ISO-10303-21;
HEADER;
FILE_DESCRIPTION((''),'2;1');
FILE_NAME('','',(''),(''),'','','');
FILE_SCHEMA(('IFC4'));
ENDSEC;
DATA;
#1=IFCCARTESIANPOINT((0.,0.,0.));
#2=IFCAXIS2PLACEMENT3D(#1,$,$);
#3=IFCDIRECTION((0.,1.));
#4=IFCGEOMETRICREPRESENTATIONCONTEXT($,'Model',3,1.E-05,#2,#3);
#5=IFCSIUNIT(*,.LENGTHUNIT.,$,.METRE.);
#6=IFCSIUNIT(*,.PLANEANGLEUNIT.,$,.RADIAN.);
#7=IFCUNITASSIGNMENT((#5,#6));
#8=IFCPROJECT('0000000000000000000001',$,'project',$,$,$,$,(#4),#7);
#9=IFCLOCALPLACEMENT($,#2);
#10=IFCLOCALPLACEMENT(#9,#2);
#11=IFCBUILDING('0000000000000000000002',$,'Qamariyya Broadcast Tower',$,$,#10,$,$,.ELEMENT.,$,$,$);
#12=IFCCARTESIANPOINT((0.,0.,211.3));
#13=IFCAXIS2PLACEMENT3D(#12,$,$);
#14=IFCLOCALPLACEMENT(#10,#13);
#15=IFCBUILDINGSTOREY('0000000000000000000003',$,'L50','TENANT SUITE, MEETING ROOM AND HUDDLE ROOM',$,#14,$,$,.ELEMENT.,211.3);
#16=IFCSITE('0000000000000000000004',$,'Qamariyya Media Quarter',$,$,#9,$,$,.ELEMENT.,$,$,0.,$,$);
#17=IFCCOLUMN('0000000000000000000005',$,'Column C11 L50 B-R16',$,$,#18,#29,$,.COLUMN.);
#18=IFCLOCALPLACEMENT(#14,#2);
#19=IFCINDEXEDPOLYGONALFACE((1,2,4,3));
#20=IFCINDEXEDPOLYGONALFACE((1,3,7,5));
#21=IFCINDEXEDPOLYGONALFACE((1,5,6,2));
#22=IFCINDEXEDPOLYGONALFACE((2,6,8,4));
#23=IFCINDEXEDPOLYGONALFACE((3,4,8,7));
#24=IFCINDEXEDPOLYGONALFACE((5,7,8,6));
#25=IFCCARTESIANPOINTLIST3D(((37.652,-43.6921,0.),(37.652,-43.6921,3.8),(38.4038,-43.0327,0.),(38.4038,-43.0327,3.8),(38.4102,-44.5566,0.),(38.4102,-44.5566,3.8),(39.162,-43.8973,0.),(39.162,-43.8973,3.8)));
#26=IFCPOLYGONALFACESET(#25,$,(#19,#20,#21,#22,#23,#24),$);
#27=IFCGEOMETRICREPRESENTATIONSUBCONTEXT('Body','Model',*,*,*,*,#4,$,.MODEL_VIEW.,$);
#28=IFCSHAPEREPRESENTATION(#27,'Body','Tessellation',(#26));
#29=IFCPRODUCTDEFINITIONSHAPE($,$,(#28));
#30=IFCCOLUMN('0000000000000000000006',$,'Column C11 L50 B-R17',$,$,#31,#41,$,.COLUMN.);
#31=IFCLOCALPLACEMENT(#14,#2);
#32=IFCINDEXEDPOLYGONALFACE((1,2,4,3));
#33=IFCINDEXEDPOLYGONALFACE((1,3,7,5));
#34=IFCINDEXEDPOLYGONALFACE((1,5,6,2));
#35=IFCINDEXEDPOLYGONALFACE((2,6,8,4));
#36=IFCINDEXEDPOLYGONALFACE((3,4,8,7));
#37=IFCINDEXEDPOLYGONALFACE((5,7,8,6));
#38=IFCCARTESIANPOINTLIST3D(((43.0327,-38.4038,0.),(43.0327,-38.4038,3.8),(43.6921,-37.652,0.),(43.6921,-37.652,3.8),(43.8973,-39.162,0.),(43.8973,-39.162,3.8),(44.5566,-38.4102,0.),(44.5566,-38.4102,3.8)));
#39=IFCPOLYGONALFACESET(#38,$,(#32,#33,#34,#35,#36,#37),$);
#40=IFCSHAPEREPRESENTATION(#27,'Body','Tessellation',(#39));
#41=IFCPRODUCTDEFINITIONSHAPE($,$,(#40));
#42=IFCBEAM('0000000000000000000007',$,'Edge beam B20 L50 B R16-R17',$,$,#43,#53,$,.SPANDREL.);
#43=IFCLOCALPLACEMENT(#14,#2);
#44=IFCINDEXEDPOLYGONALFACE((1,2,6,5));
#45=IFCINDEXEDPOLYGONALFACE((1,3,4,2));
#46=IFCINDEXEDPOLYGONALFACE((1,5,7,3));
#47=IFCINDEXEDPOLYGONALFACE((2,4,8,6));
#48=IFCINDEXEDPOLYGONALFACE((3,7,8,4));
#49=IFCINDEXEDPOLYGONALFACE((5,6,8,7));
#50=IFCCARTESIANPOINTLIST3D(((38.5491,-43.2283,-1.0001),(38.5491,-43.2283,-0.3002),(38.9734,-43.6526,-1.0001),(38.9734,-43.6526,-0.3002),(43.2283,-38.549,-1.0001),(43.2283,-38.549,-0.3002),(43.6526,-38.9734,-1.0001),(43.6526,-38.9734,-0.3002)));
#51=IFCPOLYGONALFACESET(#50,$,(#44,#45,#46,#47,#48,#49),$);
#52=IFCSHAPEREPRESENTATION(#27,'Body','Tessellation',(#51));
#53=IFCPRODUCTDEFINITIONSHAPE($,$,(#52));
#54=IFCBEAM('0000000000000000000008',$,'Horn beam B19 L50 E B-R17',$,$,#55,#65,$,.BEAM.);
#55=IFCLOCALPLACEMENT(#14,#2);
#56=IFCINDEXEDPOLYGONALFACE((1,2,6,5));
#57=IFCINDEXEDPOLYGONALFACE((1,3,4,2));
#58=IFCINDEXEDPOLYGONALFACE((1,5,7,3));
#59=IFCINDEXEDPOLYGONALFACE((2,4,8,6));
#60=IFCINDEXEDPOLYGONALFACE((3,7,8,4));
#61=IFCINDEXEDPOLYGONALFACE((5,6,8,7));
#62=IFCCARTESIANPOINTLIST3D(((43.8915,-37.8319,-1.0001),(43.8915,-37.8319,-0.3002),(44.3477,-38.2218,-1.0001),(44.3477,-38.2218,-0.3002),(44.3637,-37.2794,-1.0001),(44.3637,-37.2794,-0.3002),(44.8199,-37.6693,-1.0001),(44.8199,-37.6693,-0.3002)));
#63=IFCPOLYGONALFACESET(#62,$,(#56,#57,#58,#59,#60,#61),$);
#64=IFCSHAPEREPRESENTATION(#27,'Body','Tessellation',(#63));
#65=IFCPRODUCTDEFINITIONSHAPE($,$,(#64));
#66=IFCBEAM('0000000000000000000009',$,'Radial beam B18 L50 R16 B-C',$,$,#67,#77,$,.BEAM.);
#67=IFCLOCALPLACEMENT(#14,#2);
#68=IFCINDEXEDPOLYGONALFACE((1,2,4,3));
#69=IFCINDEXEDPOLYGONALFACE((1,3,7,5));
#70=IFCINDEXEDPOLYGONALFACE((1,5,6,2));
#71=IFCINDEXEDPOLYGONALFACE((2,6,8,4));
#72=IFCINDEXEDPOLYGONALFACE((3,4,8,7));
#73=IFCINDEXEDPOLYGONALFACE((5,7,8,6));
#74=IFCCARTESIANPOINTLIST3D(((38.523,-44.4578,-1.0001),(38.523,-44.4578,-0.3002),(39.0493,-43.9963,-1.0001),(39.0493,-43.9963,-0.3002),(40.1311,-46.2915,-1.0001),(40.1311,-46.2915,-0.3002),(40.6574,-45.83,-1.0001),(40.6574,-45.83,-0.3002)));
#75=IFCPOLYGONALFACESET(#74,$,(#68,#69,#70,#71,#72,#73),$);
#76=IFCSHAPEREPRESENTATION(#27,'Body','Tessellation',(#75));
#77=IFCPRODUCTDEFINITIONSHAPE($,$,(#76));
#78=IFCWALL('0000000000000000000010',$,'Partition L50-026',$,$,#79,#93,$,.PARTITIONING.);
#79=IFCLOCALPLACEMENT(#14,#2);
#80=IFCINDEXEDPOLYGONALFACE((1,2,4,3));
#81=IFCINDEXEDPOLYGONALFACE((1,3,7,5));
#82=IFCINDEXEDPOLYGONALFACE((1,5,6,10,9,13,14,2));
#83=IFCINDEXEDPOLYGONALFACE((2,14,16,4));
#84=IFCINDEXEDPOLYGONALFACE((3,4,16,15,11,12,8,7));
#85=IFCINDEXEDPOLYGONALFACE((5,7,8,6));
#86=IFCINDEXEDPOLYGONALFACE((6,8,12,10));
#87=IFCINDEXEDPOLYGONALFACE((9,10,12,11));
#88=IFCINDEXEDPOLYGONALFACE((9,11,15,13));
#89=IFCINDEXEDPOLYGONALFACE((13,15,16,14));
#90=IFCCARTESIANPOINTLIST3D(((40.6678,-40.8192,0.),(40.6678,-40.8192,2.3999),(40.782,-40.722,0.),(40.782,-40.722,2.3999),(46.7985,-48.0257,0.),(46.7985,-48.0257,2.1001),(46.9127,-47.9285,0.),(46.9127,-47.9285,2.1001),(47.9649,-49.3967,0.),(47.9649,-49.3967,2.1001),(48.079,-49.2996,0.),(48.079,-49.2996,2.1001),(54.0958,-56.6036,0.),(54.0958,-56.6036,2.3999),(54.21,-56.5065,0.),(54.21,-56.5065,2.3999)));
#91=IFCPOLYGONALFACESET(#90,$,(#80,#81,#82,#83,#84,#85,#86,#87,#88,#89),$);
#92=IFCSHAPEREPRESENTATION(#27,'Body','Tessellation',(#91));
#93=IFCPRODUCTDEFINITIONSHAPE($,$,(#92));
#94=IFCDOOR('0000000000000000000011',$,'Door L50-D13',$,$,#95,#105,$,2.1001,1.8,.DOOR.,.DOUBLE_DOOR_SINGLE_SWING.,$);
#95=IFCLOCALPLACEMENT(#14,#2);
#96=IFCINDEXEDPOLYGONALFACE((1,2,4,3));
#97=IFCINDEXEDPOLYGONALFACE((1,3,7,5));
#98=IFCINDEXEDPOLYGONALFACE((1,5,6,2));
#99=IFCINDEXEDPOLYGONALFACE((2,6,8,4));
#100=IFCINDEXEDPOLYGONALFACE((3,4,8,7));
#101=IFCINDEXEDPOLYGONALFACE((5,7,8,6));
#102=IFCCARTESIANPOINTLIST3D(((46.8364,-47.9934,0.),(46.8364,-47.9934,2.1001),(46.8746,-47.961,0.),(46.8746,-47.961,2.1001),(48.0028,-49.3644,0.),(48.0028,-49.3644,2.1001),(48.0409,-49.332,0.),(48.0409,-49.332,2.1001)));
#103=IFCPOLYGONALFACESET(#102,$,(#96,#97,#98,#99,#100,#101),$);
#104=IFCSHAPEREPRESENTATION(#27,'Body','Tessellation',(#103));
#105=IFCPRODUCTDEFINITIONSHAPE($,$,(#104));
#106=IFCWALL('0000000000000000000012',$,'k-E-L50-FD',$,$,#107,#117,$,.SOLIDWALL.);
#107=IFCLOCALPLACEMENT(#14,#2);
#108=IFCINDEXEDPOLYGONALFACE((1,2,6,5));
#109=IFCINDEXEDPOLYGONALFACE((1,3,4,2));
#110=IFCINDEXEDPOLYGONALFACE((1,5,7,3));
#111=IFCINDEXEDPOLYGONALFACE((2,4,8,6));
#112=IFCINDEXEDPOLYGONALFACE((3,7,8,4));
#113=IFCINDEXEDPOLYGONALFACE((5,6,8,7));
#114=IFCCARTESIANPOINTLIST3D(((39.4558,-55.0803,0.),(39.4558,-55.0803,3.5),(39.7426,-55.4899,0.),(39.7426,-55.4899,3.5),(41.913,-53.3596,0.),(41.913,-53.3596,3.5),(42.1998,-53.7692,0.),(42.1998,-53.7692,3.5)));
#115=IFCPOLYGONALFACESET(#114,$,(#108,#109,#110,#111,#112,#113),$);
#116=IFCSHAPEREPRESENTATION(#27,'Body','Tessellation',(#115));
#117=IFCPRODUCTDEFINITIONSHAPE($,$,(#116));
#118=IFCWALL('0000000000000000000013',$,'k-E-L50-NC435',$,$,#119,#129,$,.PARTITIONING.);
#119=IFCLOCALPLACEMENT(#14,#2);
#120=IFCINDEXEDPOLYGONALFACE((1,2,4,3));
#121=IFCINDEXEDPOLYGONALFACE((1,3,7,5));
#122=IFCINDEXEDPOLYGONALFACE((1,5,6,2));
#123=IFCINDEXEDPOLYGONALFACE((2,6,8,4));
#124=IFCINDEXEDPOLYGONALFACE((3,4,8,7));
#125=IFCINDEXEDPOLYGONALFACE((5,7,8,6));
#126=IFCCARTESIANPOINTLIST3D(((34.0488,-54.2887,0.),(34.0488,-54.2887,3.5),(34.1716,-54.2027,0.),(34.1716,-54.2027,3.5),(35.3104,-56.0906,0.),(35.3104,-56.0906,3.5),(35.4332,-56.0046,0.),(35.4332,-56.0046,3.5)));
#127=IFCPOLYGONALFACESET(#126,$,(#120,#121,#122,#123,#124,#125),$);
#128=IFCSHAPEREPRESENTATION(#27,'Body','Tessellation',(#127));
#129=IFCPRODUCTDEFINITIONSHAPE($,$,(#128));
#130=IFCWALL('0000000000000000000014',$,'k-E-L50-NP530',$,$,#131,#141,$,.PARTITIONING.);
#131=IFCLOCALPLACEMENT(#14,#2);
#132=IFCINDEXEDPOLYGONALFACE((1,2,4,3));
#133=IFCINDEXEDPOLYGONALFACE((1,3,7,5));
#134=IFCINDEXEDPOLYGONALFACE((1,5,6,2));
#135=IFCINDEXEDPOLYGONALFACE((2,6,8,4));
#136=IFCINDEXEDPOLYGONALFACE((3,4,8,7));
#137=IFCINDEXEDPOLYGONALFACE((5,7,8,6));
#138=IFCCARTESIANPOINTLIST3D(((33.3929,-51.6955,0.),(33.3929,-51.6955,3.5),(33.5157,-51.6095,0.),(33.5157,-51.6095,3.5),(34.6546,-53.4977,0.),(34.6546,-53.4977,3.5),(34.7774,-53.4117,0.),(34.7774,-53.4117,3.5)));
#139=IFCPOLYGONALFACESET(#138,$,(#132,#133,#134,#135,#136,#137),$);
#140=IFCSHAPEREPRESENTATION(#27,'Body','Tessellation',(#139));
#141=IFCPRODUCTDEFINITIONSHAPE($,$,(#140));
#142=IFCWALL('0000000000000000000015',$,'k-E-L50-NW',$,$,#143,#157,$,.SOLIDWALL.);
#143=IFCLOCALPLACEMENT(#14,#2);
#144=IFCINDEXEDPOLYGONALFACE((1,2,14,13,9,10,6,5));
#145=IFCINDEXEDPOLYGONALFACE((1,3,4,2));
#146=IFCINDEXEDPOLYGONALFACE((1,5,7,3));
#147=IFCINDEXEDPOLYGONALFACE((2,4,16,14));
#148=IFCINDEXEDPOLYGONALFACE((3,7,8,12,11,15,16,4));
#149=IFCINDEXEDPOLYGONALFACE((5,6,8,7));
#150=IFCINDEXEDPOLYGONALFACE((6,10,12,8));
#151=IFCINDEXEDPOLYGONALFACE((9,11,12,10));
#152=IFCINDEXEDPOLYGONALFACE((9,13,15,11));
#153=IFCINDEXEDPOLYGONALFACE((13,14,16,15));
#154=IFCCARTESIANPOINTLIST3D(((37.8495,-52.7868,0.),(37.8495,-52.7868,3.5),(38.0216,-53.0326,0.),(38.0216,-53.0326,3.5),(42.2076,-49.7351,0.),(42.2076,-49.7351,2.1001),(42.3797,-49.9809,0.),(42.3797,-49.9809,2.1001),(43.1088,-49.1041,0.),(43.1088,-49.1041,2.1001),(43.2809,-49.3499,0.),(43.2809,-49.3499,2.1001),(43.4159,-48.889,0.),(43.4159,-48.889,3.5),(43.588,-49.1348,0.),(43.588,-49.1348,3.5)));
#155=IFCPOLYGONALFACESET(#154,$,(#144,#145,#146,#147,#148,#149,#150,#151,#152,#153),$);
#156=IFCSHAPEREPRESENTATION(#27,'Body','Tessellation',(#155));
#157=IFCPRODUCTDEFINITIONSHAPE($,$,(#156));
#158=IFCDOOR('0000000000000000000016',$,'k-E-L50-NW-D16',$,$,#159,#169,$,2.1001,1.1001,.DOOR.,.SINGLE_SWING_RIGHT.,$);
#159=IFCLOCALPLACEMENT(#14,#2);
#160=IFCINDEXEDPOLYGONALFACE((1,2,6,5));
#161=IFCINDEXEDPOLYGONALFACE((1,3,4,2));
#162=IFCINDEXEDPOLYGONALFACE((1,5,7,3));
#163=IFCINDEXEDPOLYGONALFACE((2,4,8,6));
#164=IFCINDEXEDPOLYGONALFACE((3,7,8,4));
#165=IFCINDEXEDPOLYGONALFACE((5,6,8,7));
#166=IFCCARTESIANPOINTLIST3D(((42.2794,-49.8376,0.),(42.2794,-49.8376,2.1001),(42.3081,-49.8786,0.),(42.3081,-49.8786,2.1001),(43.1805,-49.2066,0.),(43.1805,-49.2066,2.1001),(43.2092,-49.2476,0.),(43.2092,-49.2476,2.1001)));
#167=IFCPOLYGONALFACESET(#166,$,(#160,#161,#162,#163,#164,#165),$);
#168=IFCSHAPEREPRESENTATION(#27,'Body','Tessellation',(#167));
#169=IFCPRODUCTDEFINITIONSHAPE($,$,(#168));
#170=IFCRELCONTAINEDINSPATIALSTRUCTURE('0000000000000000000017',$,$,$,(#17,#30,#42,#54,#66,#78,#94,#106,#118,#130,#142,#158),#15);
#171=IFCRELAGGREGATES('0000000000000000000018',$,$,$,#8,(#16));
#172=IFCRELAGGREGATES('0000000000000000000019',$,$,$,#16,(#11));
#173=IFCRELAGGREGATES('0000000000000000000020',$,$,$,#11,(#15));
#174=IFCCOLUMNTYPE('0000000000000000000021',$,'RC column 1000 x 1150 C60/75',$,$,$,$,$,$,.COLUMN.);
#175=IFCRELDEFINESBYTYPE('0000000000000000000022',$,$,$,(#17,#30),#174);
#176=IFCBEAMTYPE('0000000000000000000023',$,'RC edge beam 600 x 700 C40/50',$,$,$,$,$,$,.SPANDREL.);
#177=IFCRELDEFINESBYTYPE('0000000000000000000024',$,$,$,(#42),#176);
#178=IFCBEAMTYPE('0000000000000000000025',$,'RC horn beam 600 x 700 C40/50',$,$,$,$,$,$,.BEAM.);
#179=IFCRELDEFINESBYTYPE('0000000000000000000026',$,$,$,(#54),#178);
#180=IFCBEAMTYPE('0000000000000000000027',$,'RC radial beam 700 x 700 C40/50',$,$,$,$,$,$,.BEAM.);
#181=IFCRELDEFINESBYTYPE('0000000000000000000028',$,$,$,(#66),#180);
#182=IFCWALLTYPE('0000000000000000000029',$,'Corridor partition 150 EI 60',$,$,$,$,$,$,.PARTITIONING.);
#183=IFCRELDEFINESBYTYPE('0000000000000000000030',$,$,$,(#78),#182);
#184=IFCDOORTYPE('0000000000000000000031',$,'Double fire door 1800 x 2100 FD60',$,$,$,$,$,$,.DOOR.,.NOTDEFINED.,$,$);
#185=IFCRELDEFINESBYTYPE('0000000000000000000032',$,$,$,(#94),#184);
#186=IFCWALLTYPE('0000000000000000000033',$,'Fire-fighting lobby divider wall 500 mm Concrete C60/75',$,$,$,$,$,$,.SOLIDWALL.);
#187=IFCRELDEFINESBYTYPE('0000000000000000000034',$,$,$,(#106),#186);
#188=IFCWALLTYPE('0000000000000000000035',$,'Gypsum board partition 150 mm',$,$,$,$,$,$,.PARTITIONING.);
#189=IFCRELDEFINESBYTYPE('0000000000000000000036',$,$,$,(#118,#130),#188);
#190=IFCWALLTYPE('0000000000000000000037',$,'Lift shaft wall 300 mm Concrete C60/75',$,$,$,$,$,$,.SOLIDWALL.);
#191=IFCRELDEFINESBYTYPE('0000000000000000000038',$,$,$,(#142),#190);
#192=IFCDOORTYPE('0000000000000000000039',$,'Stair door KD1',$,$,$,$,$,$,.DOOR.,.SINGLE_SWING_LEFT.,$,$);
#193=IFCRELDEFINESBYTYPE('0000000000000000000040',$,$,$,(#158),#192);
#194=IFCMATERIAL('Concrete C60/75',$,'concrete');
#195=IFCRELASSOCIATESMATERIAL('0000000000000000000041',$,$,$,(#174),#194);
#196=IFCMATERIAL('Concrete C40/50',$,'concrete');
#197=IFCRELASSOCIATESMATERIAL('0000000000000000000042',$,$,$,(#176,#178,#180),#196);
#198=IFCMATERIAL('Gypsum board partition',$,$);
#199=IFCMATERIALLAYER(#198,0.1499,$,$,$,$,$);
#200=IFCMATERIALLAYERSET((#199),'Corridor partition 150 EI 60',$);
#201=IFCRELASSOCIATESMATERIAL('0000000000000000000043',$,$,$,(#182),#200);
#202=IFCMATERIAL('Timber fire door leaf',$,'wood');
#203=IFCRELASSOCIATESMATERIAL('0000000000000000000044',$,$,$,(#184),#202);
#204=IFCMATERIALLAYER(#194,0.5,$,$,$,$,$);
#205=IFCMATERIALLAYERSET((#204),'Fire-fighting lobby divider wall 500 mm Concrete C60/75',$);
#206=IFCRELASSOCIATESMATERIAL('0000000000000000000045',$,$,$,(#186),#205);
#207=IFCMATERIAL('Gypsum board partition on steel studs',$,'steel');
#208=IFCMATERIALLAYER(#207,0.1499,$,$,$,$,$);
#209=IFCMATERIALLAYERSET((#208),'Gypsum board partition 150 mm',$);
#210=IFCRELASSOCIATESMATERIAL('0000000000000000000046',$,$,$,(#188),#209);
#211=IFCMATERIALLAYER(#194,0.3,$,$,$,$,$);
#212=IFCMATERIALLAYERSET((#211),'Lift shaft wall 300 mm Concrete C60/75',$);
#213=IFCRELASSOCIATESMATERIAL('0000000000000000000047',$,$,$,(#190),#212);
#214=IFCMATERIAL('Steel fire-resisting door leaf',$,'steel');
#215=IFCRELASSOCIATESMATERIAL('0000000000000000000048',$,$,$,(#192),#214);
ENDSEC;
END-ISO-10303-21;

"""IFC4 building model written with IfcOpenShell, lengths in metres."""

from ifc_helpers import new_model, si_unit, direction, frame, frame_2d, origin, origin_2d, place, context, subcontext, project, spatial, rectangle, extrude, material, layer, layer_set, material_profile, profile_set, type_object, element, fill, save


model = new_model("IFC4")

# Units and contexts
model_context = context("Model", 3, precision=1e-05, world=origin(), true_north=direction((0.0, 1.0)))
body_context = subcontext(model_context, "Body", "Model", "MODEL_VIEW")
ifc_project = project(units=[si_unit("LENGTHUNIT", "METRE"), si_unit("PLANEANGLEUNIT", "RADIAN")], contexts=[model_context])

# Site, building, storey
site_placement = place(None, origin())
site = spatial("IfcSite", under=ifc_project, at=site_placement, Name="Qamariyya Media Quarter", CompositionType="ELEMENT", RefElevation=0.0)
building_placement = place(site_placement, origin())
building = spatial("IfcBuilding", under=site, at=building_placement, Name="Qamariyya Broadcast Tower", CompositionType="ELEMENT")
storey_placement = place(building_placement, frame((0.0, 0.0, 211.3)))
storey = spatial("IfcBuildingStorey", under=building, at=storey_placement, Name="L50", Description="TENANT SUITE, MEETING ROOM AND HUDDLE ROOM", CompositionType="ELEMENT", Elevation=211.3)

# Columns
ifc_material_1 = material(Name="Concrete C60/75", Category="concrete")
ifc_material_profile_1 = material_profile(ifc_material_1, rectangle(XDim=1.0, YDim=1.1499, at=origin_2d()))
ifc_profile_set_1 = profile_set([ifc_material_profile_1], Name="Concrete C60/75")
column_type = type_object("IfcColumnType", Name="RC column 1000 x 1150 C60/75", PredefinedType="COLUMN", material=ifc_profile_set_1)
for number, where, z_axis, x_axis, name in (
    (1, (38.407, -43.7947, 0.0), (0.0, 0.0, 1.0), (0.75184, 0.659346, 0.0), "Column C11 L50 B-R16"),
    (2, (43.7947, -38.407, 0.0), (0.0, 0.0, 1.0), (0.659346, 0.75184, 0.0), "Column C11 L50 B-R17"),
):
    element("IfcColumn", number, at=place(storey_placement, frame(where, z_axis=z_axis, x_axis=x_axis)), inside=storey, type_object=column_type, Name=name, PredefinedType="COLUMN", context=body_context, shape_type="SweptSolid", body=[
        extrude(rectangle(XDim=1.0, YDim=1.1499, at=origin_2d()), origin(), (0.0, 0.0, 1.0), 3.8),
    ])

# Beams
ifc_material_2 = material(Name="Concrete C40/50", Category="concrete")
ifc_material_profile_2 = material_profile(ifc_material_2, rectangle(XDim=0.6001, YDim=0.7, at=origin_2d()))
ifc_profile_set_2 = profile_set([ifc_material_profile_2], Name="Concrete C40/50")
beam_type_1 = type_object("IfcBeamType", Name="RC edge beam 600 x 700 C40/50", PredefinedType="SPANDREL", material=ifc_profile_set_2)
beam_1_placement = place(storey_placement, frame((38.7612, -43.4404, -0.6501), z_axis=(0.707107, 0.707107, 0.0), x_axis=(-0.707107, 0.707107, 0.0)))
element("IfcBeam", 3, at=beam_1_placement, inside=storey, type_object=beam_type_1, Name="Edge beam B20 L50 B R16-R17", PredefinedType="SPANDREL", context=body_context, shape_type="SweptSolid", body=[
    extrude(rectangle(XDim=0.6001, YDim=0.7, at=origin_2d()), origin(), (0.0, 0.0, 1.0), 6.6174),
])
ifc_material_profile_3 = material_profile(ifc_material_2, rectangle(XDim=0.6001, YDim=0.7, at=origin_2d()))
ifc_profile_set_3 = profile_set([ifc_material_profile_3], Name="Concrete C40/50")
beam_type_2 = type_object("IfcBeamType", Name="RC horn beam 600 x 700 C40/50", PredefinedType="BEAM", material=ifc_profile_set_3)
beam_2_placement = place(storey_placement, frame((44.1196, -38.0269, -0.6501), z_axis=(0.649684, 0.760204, 0.0), x_axis=(-0.760204, 0.649684, 0.0)))
element("IfcBeam", 4, at=beam_2_placement, inside=storey, type_object=beam_type_2, Name="Horn beam B19 L50 E B-R17", PredefinedType="BEAM", context=body_context, shape_type="SweptSolid", body=[
    extrude(rectangle(XDim=0.6001, YDim=0.7, at=origin_2d()), origin(), (0.0, 0.0, 1.0), 0.7268),
])
ifc_material_profile_4 = material_profile(ifc_material_2, rectangle(XDim=0.7, YDim=0.7, at=origin_2d()))
ifc_profile_set_4 = profile_set([ifc_material_profile_4], Name="Concrete C40/50")
beam_type_3 = type_object("IfcBeamType", Name="RC radial beam 700 x 700 C40/50", PredefinedType="BEAM", material=ifc_profile_set_4)
beam_3_placement = place(storey_placement, frame((38.7861, -44.2271, -0.6501), z_axis=(0.659348, -0.751838, 0.0), x_axis=(0.751838, 0.659348, 0.0)))
element("IfcBeam", 5, at=beam_3_placement, inside=storey, type_object=beam_type_3, Name="Radial beam B18 L50 R16 B-C", PredefinedType="BEAM", context=body_context, shape_type="SweptSolid", body=[
    extrude(rectangle(XDim=0.7, YDim=0.7, at=origin_2d()), origin(), (0.0, 0.0, 1.0), 2.439),
])

# Wall, opening, door
ifc_material_3 = material(Name="Gypsum board partition")
ifc_layer_1 = layer(ifc_material_3, 0.1499)
ifc_layer_set_1 = layer_set([ifc_layer_1], Name="Corridor partition 150 EI 60")
wall_type_1 = type_object("IfcWallType", Name="Corridor partition 150 EI 60", PredefinedType="PARTITIONING", material=ifc_layer_set_1)
wall_1_placement = place(storey_placement, frame((40.7249, -40.7705, 0.0), z_axis=(0.0, 0.0, 1.0), x_axis=(0.647963, -0.761672, 0.0)))
wall_1 = element("IfcWall", 6, at=wall_1_placement, inside=storey, type_object=wall_type_1, Name="Partition L50-026", PredefinedType="PARTITIONING", context=body_context, shape_type="SweptSolid", body=[
    extrude(rectangle(XDim=20.7234, YDim=0.1499, at=frame_2d((10.3618, 0.0))), origin(), (0.0, 0.0, 1.0), 2.3999),
])
opening_1_placement = place(wall_1_placement, frame((9.4617, 0.0, 0.0)))
opening_1 = element("IfcOpeningElement", 7, at=opening_1_placement, cuts=wall_1, PredefinedType="OPENING", context=body_context, shape_type="SweptSolid", body=[
    extrude(rectangle(XDim=1.8, YDim=2.1001, at=frame_2d((0.8999, 1.05))), frame((0.0, 0.085, 0.0), z_axis=(0.0, -1.0, 0.0), x_axis=(1.0, 0.0, 0.0)), (0.0, 0.0, 1.0), 0.1699),
])
ifc_material_4 = material(Name="Timber fire door leaf", Category="wood")
door_type_1 = type_object("IfcDoorType", Name="Double fire door 1800 x 2100 FD60", OperationType="NOTDEFINED", PredefinedType="DOOR", material=ifc_material_4)
door_1_placement = place(opening_1_placement, origin())
door_1 = element("IfcDoor", 8, at=door_1_placement, inside=storey, type_object=door_type_1, Name="Door L50-D13", OperationType="DOUBLE_DOOR_SINGLE_SWING", OverallHeight=2.1001, OverallWidth=1.8, PredefinedType="DOOR", context=body_context, shape_type="SweptSolid", body=[
    extrude(rectangle(XDim=1.8, YDim=2.1001, at=frame_2d((0.8999, 1.05))), frame((0.0, 0.0249, 0.0), z_axis=(0.0, -1.0, 0.0), x_axis=(1.0, 0.0, 0.0)), (0.0, 0.0, 1.0), 0.05),
])
fill(opening_1, door_1)

# Walls
ifc_layer_2 = layer(ifc_material_1, 0.5)
ifc_layer_set_2 = layer_set([ifc_layer_2], Name="Fire-fighting lobby divider wall 500 mm Concrete C60/75")
wall_type_2 = type_object("IfcWallType", Name="Fire-fighting lobby divider wall 500 mm Concrete C60/75", PredefinedType="SOLIDWALL", material=ifc_layer_set_2)
wall_2_placement = place(storey_placement, frame((39.5991, -55.2852, 0.0), z_axis=(0.0, 0.0, 1.0), x_axis=(0.819136, 0.573599, 0.0)))
element("IfcWall", 9, at=wall_2_placement, inside=storey, type_object=wall_type_2, Name="k-E-L50-FD", PredefinedType="SOLIDWALL", context=body_context, shape_type="SweptSolid", body=[
    extrude(rectangle(XDim=2.9998, YDim=0.5, at=frame_2d((1.5, 0.0))), origin(), (0.0, 0.0, 1.0), 3.5),
])
ifc_material_5 = material(Name="Gypsum board partition on steel studs", Category="steel")
ifc_layer_3 = layer(ifc_material_5, 0.1499)
ifc_layer_set_3 = layer_set([ifc_layer_3], Name="Gypsum board partition 150 mm")
wall_type_3 = type_object("IfcWallType", Name="Gypsum board partition 150 mm", PredefinedType="PARTITIONING", material=ifc_layer_set_3)
wall_3_placement = place(storey_placement, frame((35.3718, -56.0476, 0.0), z_axis=(0.0, 0.0, 1.0), x_axis=(-0.573559, 0.819164, 0.0)))
element("IfcWall", 10, at=wall_3_placement, inside=storey, type_object=wall_type_3, Name="k-E-L50-NC435", PredefinedType="PARTITIONING", context=body_context, shape_type="SweptSolid", body=[
    extrude(rectangle(XDim=2.1997, YDim=0.1499, at=frame_2d((1.0999, 0.0))), origin(), (0.0, 0.0, 1.0), 3.5),
])
wall_4_placement = place(storey_placement, frame((34.7161, -53.4548, 0.0), z_axis=(0.0, 0.0, 1.0), x_axis=(-0.573507, 0.819201, 0.0)))
element("IfcWall", 11, at=wall_4_placement, inside=storey, type_object=wall_type_3, Name="k-E-L50-NP530", PredefinedType="PARTITIONING", context=body_context, shape_type="SweptSolid", body=[
    extrude(rectangle(XDim=2.2, YDim=0.1499, at=frame_2d((1.1001, 0.0))), origin(), (0.0, 0.0, 1.0), 3.5),
])

# Wall, opening, door
ifc_layer_4 = layer(ifc_material_1, 0.3)
ifc_layer_set_4 = layer_set([ifc_layer_4], Name="Lift shaft wall 300 mm Concrete C60/75")
wall_type_4 = type_object("IfcWallType", Name="Lift shaft wall 300 mm Concrete C60/75", PredefinedType="SOLIDWALL", material=ifc_layer_set_4)
wall_5_placement = place(storey_placement, frame((37.9355, -52.9097, 0.0), z_axis=(0.0, 0.0, 1.0), x_axis=(0.819148, 0.573583, 0.0)))
wall_5 = element("IfcWall", 12, at=wall_5_placement, inside=storey, type_object=wall_type_4, Name="k-E-L50-NW", PredefinedType="SOLIDWALL", context=body_context, shape_type="SweptSolid", body=[
    extrude(rectangle(XDim=6.7954, YDim=0.3, at=frame_2d((3.3977, 0.0))), origin(), (0.0, 0.0, 1.0), 3.5),
])
opening_2_placement = place(wall_5_placement, frame((5.3203, 0.0, 0.0)))
opening_2 = element("IfcOpeningElement", 13, at=opening_2_placement, cuts=wall_5, PredefinedType="OPENING", context=body_context, shape_type="SweptSolid", body=[
    extrude(rectangle(XDim=1.1001, YDim=2.1001, at=frame_2d((0.55, 1.05))), frame((0.0, 0.1599, 0.0), z_axis=(0.0, -1.0, 0.0), x_axis=(1.0, 0.0, 0.0)), (0.0, 0.0, 1.0), 0.3201),
])
ifc_material_6 = material(Name="Steel fire-resisting door leaf", Category="steel")
door_type_2 = type_object("IfcDoorType", Name="Stair door KD1", OperationType="SINGLE_SWING_LEFT", PredefinedType="DOOR", material=ifc_material_6)
door_2_placement = place(opening_2_placement, origin())
door_2 = element("IfcDoor", 14, at=door_2_placement, inside=storey, type_object=door_type_2, Name="k-E-L50-NW-D16", OperationType="SINGLE_SWING_RIGHT", OverallHeight=2.1001, OverallWidth=1.1001, PredefinedType="DOOR", context=body_context, shape_type="SweptSolid", body=[
    extrude(rectangle(XDim=1.1001, YDim=2.1001, at=frame_2d((0.55, 1.05))), frame((0.0, 0.0249, 0.0), z_axis=(0.0, -1.0, 0.0), x_axis=(1.0, 0.0, 0.0)), (0.0, 0.0, 1.0), 0.05),
])
fill(opening_2, door_2)

save(model, "model.ifc")
